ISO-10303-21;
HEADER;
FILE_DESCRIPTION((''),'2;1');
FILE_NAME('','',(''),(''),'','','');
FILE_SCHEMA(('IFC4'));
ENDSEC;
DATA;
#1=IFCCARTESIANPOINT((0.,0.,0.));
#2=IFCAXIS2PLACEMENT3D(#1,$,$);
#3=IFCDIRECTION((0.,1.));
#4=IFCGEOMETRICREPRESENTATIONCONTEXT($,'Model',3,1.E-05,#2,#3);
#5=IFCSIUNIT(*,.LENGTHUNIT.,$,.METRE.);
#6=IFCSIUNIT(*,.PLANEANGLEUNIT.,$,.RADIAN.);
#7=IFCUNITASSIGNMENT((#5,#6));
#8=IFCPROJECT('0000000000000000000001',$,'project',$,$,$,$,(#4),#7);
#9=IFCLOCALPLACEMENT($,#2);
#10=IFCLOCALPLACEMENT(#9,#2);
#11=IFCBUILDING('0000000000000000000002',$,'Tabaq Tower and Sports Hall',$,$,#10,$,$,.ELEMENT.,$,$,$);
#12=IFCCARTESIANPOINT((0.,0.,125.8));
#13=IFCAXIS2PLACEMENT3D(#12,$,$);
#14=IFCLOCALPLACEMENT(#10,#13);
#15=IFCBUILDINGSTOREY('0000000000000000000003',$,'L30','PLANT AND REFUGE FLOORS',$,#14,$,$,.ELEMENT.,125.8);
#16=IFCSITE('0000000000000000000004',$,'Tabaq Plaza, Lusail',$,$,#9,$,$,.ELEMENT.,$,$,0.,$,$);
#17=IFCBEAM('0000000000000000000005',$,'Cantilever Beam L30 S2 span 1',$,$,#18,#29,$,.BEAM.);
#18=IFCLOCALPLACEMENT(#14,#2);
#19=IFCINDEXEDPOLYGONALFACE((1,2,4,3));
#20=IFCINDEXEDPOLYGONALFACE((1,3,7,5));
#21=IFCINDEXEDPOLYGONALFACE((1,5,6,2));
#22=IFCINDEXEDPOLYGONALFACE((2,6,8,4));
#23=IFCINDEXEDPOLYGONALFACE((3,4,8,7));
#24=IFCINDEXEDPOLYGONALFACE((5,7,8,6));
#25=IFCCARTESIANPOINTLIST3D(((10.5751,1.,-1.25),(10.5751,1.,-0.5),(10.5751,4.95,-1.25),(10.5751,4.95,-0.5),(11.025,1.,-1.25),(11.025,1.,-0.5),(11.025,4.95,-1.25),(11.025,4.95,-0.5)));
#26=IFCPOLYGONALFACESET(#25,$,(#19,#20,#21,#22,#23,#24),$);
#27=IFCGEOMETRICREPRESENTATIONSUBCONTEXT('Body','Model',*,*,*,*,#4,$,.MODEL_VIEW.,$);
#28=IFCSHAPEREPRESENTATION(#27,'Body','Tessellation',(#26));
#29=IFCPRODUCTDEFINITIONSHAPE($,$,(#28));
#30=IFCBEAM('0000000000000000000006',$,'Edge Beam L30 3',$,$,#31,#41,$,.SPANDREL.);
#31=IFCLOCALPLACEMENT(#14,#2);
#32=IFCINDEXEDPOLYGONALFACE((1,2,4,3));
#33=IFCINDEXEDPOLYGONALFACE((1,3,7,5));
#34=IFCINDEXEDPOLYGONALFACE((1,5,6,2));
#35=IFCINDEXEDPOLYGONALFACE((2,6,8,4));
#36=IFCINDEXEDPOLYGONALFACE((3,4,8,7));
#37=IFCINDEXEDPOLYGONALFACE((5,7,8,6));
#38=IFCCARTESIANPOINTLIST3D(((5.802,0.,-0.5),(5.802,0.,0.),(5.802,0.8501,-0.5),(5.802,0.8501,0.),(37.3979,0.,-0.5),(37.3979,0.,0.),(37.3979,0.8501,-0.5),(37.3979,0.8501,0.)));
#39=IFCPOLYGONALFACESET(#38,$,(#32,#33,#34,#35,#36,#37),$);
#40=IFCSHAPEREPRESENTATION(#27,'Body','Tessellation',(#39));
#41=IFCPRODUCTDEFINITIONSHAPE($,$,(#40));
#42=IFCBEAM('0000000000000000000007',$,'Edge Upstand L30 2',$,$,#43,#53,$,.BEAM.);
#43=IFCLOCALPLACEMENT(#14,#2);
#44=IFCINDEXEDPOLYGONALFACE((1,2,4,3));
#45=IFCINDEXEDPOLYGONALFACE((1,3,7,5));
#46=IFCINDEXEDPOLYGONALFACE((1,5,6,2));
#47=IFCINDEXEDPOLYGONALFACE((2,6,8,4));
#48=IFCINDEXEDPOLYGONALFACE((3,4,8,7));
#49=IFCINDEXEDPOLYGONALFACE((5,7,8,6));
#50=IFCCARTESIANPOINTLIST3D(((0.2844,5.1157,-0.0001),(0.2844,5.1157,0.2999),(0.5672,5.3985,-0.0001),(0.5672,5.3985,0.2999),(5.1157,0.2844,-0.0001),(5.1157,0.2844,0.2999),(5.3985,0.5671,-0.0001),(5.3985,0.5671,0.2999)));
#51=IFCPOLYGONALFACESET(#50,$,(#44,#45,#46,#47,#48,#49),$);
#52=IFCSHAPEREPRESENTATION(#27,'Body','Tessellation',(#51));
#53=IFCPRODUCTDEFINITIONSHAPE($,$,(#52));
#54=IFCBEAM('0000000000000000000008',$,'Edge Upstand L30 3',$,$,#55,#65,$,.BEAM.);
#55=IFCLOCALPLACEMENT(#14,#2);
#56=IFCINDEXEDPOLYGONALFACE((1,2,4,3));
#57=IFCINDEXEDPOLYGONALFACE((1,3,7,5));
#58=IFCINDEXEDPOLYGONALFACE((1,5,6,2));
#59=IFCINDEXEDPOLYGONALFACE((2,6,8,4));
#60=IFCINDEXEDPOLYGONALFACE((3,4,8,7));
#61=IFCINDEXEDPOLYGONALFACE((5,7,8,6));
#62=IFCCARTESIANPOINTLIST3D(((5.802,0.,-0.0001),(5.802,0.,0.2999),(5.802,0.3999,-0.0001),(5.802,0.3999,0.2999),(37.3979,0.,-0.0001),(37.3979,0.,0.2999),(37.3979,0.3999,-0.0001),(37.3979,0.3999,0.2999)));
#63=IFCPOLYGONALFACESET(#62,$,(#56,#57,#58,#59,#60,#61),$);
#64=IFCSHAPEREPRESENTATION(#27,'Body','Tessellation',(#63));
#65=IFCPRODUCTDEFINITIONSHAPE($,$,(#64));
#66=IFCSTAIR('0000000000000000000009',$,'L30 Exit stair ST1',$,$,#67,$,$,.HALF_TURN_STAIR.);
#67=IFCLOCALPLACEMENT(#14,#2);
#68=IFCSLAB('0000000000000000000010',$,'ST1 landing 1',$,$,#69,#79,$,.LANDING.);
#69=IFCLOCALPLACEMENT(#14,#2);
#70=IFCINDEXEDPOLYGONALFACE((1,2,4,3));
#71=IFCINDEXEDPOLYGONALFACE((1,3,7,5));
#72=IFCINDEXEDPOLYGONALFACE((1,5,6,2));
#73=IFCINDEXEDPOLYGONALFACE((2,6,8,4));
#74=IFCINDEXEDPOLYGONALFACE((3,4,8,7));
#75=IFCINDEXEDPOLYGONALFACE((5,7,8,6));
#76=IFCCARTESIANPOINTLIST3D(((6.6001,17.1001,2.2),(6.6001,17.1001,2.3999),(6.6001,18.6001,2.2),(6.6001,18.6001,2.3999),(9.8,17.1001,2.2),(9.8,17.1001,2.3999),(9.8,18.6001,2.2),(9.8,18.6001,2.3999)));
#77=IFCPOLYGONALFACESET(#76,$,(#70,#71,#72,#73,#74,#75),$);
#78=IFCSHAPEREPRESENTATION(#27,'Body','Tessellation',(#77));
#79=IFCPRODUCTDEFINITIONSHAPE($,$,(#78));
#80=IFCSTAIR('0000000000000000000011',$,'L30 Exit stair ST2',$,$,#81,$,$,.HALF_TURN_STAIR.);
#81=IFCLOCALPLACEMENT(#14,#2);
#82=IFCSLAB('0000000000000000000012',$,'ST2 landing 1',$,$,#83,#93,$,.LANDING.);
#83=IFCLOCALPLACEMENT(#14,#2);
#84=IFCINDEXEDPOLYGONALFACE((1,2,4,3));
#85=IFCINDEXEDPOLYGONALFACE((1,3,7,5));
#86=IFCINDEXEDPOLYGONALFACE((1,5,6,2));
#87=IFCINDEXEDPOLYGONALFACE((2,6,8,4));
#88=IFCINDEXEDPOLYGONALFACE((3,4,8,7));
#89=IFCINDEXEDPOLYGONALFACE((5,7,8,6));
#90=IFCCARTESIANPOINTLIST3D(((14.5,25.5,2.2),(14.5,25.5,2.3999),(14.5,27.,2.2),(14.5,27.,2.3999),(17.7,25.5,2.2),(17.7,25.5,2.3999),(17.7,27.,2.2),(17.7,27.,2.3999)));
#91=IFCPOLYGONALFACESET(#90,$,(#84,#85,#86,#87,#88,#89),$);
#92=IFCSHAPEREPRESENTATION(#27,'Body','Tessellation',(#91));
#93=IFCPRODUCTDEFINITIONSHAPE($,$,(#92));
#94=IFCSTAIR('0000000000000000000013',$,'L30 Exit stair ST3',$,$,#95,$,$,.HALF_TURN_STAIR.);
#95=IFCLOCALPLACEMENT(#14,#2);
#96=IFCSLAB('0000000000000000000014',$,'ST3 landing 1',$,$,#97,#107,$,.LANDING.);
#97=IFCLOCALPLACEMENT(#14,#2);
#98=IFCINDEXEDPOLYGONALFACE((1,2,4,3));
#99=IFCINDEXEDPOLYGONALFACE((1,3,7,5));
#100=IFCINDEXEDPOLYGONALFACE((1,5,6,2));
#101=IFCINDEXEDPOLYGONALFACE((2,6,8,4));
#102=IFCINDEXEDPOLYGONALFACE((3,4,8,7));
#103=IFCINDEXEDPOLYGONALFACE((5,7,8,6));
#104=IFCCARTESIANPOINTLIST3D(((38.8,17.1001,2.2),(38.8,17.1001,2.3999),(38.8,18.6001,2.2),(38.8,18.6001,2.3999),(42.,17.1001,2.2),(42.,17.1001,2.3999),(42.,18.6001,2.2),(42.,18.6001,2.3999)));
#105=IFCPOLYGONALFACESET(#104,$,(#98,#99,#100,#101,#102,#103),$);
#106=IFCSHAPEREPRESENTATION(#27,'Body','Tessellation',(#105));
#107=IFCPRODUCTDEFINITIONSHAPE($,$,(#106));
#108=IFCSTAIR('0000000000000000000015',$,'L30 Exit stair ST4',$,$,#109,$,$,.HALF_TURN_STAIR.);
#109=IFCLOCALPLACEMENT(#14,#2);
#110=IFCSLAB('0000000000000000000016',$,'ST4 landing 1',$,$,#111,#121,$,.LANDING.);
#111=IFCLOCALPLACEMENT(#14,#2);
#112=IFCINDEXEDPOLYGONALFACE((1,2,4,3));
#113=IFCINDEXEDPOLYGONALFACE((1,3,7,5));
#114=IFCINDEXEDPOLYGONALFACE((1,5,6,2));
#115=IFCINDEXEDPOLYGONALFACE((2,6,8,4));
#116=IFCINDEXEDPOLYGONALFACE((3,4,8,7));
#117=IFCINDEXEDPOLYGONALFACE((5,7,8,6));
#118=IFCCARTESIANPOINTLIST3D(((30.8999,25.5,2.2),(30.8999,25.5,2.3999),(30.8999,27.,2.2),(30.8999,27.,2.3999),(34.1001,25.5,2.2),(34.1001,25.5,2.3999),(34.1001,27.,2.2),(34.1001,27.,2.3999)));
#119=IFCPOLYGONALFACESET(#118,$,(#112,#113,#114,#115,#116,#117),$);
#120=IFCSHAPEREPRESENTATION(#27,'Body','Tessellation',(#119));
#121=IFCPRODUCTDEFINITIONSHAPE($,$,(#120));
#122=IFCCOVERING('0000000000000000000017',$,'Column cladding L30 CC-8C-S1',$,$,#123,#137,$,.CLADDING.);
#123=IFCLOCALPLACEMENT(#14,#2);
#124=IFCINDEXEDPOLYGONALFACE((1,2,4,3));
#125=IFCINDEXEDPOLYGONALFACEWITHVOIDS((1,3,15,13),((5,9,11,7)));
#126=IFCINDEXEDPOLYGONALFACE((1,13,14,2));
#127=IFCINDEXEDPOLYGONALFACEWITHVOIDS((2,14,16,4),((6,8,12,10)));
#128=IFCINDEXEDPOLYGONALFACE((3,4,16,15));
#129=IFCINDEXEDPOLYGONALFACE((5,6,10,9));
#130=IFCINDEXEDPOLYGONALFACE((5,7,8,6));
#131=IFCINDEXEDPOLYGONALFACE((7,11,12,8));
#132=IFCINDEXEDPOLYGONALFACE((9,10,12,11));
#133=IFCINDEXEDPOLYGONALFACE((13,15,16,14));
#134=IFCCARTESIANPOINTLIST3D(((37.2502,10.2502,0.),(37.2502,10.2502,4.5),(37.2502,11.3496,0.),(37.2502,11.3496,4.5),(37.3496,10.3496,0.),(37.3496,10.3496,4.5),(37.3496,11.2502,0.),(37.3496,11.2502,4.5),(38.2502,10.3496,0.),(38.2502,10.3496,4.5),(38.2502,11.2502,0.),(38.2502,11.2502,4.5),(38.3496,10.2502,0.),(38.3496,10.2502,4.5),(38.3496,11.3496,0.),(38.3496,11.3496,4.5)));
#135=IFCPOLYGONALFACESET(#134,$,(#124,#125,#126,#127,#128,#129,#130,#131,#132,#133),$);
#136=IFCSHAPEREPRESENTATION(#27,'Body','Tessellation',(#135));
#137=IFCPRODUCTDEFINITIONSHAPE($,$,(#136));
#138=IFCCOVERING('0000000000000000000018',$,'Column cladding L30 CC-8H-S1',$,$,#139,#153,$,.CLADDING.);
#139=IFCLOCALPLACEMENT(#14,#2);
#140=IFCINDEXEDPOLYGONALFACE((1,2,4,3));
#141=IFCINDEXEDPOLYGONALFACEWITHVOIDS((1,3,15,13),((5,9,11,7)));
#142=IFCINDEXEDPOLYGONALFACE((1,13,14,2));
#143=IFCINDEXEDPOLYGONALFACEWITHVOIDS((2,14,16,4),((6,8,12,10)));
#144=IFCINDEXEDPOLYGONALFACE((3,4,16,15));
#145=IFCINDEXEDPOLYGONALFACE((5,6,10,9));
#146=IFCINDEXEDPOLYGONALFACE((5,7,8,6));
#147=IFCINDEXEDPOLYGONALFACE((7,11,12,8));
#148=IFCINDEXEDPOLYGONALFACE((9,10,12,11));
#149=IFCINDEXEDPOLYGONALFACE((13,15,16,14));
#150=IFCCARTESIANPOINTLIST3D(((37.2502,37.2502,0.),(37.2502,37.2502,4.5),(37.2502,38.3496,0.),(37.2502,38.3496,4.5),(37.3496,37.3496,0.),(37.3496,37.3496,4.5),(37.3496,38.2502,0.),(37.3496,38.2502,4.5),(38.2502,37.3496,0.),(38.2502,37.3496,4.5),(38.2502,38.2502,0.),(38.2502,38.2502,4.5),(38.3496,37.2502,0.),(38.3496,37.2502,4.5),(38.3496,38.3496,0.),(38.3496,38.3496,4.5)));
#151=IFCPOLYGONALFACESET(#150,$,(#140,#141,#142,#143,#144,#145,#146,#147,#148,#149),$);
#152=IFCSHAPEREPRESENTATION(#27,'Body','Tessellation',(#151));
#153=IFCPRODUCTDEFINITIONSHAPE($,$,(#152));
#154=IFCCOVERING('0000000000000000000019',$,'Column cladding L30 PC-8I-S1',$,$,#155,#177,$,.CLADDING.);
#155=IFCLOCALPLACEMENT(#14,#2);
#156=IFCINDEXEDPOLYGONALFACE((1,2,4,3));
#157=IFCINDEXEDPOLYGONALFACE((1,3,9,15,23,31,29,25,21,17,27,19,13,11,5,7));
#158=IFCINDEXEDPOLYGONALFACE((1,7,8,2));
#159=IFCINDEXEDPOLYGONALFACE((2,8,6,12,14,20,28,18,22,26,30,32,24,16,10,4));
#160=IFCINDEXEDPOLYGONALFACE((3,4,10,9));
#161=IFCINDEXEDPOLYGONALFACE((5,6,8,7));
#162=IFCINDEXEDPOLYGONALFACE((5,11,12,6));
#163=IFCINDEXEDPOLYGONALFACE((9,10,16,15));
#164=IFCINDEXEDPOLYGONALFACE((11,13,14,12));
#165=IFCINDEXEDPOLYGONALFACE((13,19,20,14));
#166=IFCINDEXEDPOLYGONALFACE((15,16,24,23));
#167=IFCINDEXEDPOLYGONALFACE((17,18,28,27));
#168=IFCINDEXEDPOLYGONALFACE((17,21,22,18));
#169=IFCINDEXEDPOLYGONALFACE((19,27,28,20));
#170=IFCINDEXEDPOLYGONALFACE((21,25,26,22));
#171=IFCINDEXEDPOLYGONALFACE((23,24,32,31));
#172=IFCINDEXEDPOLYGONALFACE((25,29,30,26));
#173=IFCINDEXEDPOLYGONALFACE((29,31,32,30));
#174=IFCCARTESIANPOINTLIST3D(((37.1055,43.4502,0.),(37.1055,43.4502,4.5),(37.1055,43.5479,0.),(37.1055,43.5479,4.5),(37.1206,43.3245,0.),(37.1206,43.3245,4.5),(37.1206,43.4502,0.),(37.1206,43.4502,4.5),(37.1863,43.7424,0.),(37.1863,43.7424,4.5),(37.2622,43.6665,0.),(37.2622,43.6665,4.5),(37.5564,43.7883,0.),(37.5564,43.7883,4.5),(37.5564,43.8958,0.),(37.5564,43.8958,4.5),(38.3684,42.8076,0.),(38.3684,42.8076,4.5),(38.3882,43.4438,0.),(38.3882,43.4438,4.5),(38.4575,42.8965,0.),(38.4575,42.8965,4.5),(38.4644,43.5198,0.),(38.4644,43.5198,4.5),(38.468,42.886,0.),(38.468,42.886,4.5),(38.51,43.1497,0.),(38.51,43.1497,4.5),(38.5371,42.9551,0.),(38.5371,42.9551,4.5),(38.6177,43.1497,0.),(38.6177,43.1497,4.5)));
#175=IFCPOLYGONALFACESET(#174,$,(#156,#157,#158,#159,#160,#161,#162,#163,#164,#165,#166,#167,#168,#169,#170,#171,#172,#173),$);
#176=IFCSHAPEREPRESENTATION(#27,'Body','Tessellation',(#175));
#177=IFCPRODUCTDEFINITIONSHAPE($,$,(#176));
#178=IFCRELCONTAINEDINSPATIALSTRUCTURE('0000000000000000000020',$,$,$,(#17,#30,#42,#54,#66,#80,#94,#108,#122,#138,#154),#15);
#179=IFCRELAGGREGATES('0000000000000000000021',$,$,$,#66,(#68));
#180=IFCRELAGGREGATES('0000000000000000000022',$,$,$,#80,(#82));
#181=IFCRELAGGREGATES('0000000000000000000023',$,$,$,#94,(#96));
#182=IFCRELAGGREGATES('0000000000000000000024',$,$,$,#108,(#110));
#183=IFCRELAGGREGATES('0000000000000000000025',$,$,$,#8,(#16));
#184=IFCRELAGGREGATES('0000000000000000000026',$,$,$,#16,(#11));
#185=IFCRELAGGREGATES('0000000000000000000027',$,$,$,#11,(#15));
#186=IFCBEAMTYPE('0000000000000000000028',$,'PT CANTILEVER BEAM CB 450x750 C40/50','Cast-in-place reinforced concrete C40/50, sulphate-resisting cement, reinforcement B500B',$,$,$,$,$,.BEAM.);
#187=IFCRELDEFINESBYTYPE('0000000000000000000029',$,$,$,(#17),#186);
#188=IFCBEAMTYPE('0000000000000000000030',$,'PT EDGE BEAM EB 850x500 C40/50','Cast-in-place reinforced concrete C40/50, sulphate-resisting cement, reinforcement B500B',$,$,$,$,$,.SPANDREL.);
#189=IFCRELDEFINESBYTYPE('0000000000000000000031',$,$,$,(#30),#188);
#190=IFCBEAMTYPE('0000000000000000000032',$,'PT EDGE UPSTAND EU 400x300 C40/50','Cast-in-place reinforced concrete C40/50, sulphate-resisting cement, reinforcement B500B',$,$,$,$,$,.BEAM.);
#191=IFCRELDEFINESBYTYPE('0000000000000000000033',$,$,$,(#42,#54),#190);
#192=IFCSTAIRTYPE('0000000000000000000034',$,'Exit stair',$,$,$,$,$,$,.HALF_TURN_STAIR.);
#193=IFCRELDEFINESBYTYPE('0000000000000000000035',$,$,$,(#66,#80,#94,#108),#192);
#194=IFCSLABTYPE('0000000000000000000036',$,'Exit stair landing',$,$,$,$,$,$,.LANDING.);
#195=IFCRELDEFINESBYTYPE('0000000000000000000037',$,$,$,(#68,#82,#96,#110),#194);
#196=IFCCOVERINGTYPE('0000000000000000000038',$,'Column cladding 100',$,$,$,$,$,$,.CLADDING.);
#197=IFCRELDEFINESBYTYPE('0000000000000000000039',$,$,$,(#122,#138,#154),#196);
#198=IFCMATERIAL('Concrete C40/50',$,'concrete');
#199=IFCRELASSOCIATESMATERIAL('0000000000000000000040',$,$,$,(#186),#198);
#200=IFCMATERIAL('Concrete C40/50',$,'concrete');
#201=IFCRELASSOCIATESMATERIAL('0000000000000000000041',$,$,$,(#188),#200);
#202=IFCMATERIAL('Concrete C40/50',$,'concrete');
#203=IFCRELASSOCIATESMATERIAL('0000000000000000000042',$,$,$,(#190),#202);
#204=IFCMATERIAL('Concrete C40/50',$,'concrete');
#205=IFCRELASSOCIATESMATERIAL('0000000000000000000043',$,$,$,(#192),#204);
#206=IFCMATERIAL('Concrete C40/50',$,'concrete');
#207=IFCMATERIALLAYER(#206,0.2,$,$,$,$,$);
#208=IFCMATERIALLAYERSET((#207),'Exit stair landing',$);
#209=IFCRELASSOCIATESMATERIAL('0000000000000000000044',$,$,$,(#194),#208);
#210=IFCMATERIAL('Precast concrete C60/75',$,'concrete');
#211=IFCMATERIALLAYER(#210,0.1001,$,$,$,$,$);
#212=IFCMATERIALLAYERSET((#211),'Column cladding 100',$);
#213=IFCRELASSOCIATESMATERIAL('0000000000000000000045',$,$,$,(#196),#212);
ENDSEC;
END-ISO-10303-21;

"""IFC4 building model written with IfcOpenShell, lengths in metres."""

from ifc_helpers import new_model, si_unit, direction, frame, origin, origin_2d, place, context, subcontext, project, spatial, polyline, rectangle, outline, extrude, material, layer, layer_set, material_profile, profile_set, type_object, element, aggregate, save


model = new_model("IFC4")

# Units and contexts
model_context = context("Model", 3, precision=1e-05, world=origin(), true_north=direction((0.0, 1.0)))
body_context = subcontext(model_context, "Body", "Model", "MODEL_VIEW")
ifc_project = project(units=[si_unit("LENGTHUNIT", "METRE"), si_unit("PLANEANGLEUNIT", "RADIAN")], contexts=[model_context])

# Site, building, storey
site_placement = place(None, origin())
site = spatial("IfcSite", under=ifc_project, at=site_placement, Name="Tabaq Plaza, Lusail", CompositionType="ELEMENT", RefElevation=0.0)
building_placement = place(site_placement, origin())
building = spatial("IfcBuilding", under=site, at=building_placement, Name="Tabaq Tower and Sports Hall", CompositionType="ELEMENT")
storey_placement = place(building_placement, frame((0.0, 0.0, 125.8)))
storey = spatial("IfcBuildingStorey", under=building, at=storey_placement, Name="L30", Description="PLANT AND REFUGE FLOORS", CompositionType="ELEMENT", Elevation=125.8)

# Beams
ifc_material_1 = material(Name="Concrete C40/50", Category="concrete")
ifc_material_profile_1 = material_profile(ifc_material_1, rectangle(XDim=0.45, YDim=0.75, at=origin_2d()), Name="CB 450x750")
ifc_profile_set_1 = profile_set([ifc_material_profile_1], Name="Concrete C40/50")
beam_type_1 = type_object("IfcBeamType", Name="PT CANTILEVER BEAM CB 450x750 C40/50", Description="Cast-in-place reinforced concrete C40/50, sulphate-resisting cement, reinforcement B500B", PredefinedType="BEAM", material=ifc_profile_set_1)
beam_1_placement = place(storey_placement, frame((10.8, 1.0, -0.875), z_axis=(0.0, 1.0, 0.0), x_axis=(-1.0, 0.0, 0.0)))
element("IfcBeam", 1, at=beam_1_placement, inside=storey, type_object=beam_type_1, Name="Cantilever Beam L30 S2 span 1", PredefinedType="BEAM", context=body_context, shape_type="SweptSolid", body=[
    extrude(rectangle(XDim=0.45, YDim=0.75, at=origin_2d()), origin(), (0.0, 0.0, 1.0), 3.95),
])
ifc_material_2 = material(Name="Concrete C40/50", Category="concrete")
ifc_material_profile_2 = material_profile(ifc_material_2, rectangle(XDim=0.8501, YDim=0.5, at=origin_2d()), Name="EB 850x500")
ifc_profile_set_2 = profile_set([ifc_material_profile_2], Name="Concrete C40/50")
beam_type_2 = type_object("IfcBeamType", Name="PT EDGE BEAM EB 850x500 C40/50", Description="Cast-in-place reinforced concrete C40/50, sulphate-resisting cement, reinforcement B500B", PredefinedType="SPANDREL", material=ifc_profile_set_2)
beam_2_placement = place(storey_placement, frame((5.802, 0.425, -0.25), z_axis=(1.0, 0.0, 0.0), x_axis=(0.0, 1.0, 0.0)))
element("IfcBeam", 2, at=beam_2_placement, inside=storey, type_object=beam_type_2, Name="Edge Beam L30 3", PredefinedType="SPANDREL", context=body_context, shape_type="SweptSolid", body=[
    extrude(rectangle(XDim=0.8501, YDim=0.5, at=origin_2d()), origin(), (0.0, 0.0, 1.0), 31.5959),
])
ifc_material_3 = material(Name="Concrete C40/50", Category="concrete")
ifc_material_profile_3 = material_profile(ifc_material_3, rectangle(XDim=0.3999, YDim=0.3, at=origin_2d()), Name="EU 400x300")
ifc_profile_set_3 = profile_set([ifc_material_profile_3], Name="Concrete C40/50")
beam_type_3 = type_object("IfcBeamType", Name="PT EDGE UPSTAND EU 400x300 C40/50", Description="Cast-in-place reinforced concrete C40/50, sulphate-resisting cement, reinforcement B500B", PredefinedType="BEAM", material=ifc_profile_set_3)
beam_3_placement = place(storey_placement, frame((0.4258, 5.2571, 0.1499), z_axis=(0.707107, -0.707107, 0.0), x_axis=(0.707107, 0.707107, 0.0)))
element("IfcBeam", 3, at=beam_3_placement, inside=storey, type_object=beam_type_3, Name="Edge Upstand L30 2", PredefinedType="BEAM", context=body_context, shape_type="SweptSolid", body=[
    extrude(rectangle(XDim=0.3999, YDim=0.3, at=origin_2d()), origin(), (0.0, 0.0, 1.0), 6.8325),
])
beam_4_placement = place(storey_placement, frame((5.802, 0.2, 0.1499), z_axis=(1.0, 0.0, 0.0), x_axis=(0.0, 1.0, 0.0)))
element("IfcBeam", 4, at=beam_4_placement, inside=storey, type_object=beam_type_3, Name="Edge Upstand L30 3", PredefinedType="BEAM", context=body_context, shape_type="SweptSolid", body=[
    extrude(rectangle(XDim=0.3999, YDim=0.3, at=origin_2d()), origin(), (0.0, 0.0, 1.0), 31.5959),
])

# Stairs, slabs
ifc_material_4 = material(Name="Concrete C40/50", Category="concrete")
stair_type = type_object("IfcStairType", Name="Exit stair", PredefinedType="HALF_TURN_STAIR", material=ifc_material_4)
stair_1_placement = place(storey_placement, origin())
stair_1 = element("IfcStair", 5, at=stair_1_placement, inside=storey, type_object=stair_type, Name="L30 Exit stair ST1", PredefinedType="HALF_TURN_STAIR")
ifc_material_5 = material(Name="Concrete C40/50", Category="concrete")
ifc_layer_1 = layer(ifc_material_5, 0.2)
ifc_layer_set_1 = layer_set([ifc_layer_1], Name="Exit stair landing")
slab_type = type_object("IfcSlabType", Name="Exit stair landing", PredefinedType="LANDING", material=ifc_layer_set_1)
slab_1_placement = place(storey_placement, frame((0.0, 0.0, 2.2)))
slab_1 = element("IfcSlab", 6, at=slab_1_placement, type_object=slab_type, Name="ST1 landing 1", PredefinedType="LANDING", context=body_context, shape_type="SweptSolid", body=[
    extrude(outline(polyline([(6.6001, 18.6001), (6.6001, 17.1001), (9.8, 17.1001), (9.8, 18.6001), (6.6001, 18.6001)])), origin(), (0.0, 0.0, 1.0), 0.2),
])
aggregate(stair_1, [slab_1])
stair_2_placement = place(storey_placement, origin())
stair_2 = element("IfcStair", 7, at=stair_2_placement, inside=storey, type_object=stair_type, Name="L30 Exit stair ST2", PredefinedType="HALF_TURN_STAIR")
slab_2_placement = place(storey_placement, frame((0.0, 0.0, 2.2)))
slab_2 = element("IfcSlab", 8, at=slab_2_placement, type_object=slab_type, Name="ST2 landing 1", PredefinedType="LANDING", context=body_context, shape_type="SweptSolid", body=[
    extrude(outline(polyline([(14.5, 27.0), (14.5, 25.5), (17.7, 25.5), (17.7, 27.0), (14.5, 27.0)])), origin(), (0.0, 0.0, 1.0), 0.2),
])
aggregate(stair_2, [slab_2])
stair_3_placement = place(storey_placement, origin())
stair_3 = element("IfcStair", 9, at=stair_3_placement, inside=storey, type_object=stair_type, Name="L30 Exit stair ST3", PredefinedType="HALF_TURN_STAIR")
slab_3_placement = place(storey_placement, frame((0.0, 0.0, 2.2)))
slab_3 = element("IfcSlab", 10, at=slab_3_placement, type_object=slab_type, Name="ST3 landing 1", PredefinedType="LANDING", context=body_context, shape_type="SweptSolid", body=[
    extrude(outline(polyline([(38.8, 18.6001), (38.8, 17.1001), (42.0, 17.1001), (42.0, 18.6001), (38.8, 18.6001)])), origin(), (0.0, 0.0, 1.0), 0.2),
])
aggregate(stair_3, [slab_3])
stair_4_placement = place(storey_placement, origin())
stair_4 = element("IfcStair", 11, at=stair_4_placement, inside=storey, type_object=stair_type, Name="L30 Exit stair ST4", PredefinedType="HALF_TURN_STAIR")
slab_4_placement = place(storey_placement, frame((0.0, 0.0, 2.2)))
slab_4 = element("IfcSlab", 12, at=slab_4_placement, type_object=slab_type, Name="ST4 landing 1", PredefinedType="LANDING", context=body_context, shape_type="SweptSolid", body=[
    extrude(outline(polyline([(30.8999, 27.0), (30.8999, 25.5), (34.1001, 25.5), (34.1001, 27.0), (30.8999, 27.0)])), origin(), (0.0, 0.0, 1.0), 0.2),
])
aggregate(stair_4, [slab_4])

# Coverings
ifc_material_6 = material(Name="Precast concrete C60/75", Category="concrete")
ifc_layer_2 = layer(ifc_material_6, 0.1001)
ifc_layer_set_2 = layer_set([ifc_layer_2], Name="Column cladding 100")
covering_type_1 = type_object("IfcCoveringType", Name="Column cladding 100", PredefinedType="CLADDING", material=ifc_layer_set_2)
covering_1_placement = place(storey_placement, origin())
element("IfcCovering", 13, at=covering_1_placement, inside=storey, type_object=covering_type_1, Name="Column cladding L30 CC-8C-S1", PredefinedType="CLADDING", context=body_context, shape_type="SweptSolid", body=[
    extrude(outline(polyline([(37.2502, 11.3496), (38.3496, 11.3496), (38.3496, 10.2502), (37.2502, 10.2502), (37.2502, 11.3496)]), holes=[polyline([(38.2502, 10.3496), (38.2502, 11.2502), (37.3496, 11.2502), (37.3496, 10.3496), (38.2502, 10.3496)])]), origin(), (0.0, 0.0, 1.0), 4.5),
])
covering_2_placement = place(storey_placement, origin())
element("IfcCovering", 14, at=covering_2_placement, inside=storey, type_object=covering_type_1, Name="Column cladding L30 CC-8H-S1", PredefinedType="CLADDING", context=body_context, shape_type="SweptSolid", body=[
    extrude(outline(polyline([(37.2502, 38.3496), (38.3496, 38.3496), (38.3496, 37.2502), (37.2502, 37.2502), (37.2502, 38.3496)]), holes=[polyline([(38.2502, 37.3496), (38.2502, 38.2502), (37.3496, 38.2502), (37.3496, 37.3496), (38.2502, 37.3496)])]), origin(), (0.0, 0.0, 1.0), 4.5),
])
covering_3_placement = place(storey_placement, origin())
element("IfcCovering", 15, at=covering_3_placement, inside=storey, type_object=covering_type_1, Name="Column cladding L30 PC-8I-S1", PredefinedType="CLADDING", context=body_context, shape_type="SweptSolid", body=[
    extrude(outline(polyline([(38.5371, 42.9551), (38.468, 42.886), (38.4575, 42.8965), (38.3684, 42.8076), (38.51, 43.1497), (38.3882, 43.4438), (37.5564, 43.7883), (37.2622, 43.6665), (37.1206, 43.3245), (37.1206, 43.4502), (37.1055, 43.4502), (37.1055, 43.5479), (37.1863, 43.7424), (37.5564, 43.8958), (38.4644, 43.5198), (38.6177, 43.1497), (38.5371, 42.9551)])), origin(), (0.0, 0.0, 1.0), 4.5),
])

save(model, "model.ifc")
